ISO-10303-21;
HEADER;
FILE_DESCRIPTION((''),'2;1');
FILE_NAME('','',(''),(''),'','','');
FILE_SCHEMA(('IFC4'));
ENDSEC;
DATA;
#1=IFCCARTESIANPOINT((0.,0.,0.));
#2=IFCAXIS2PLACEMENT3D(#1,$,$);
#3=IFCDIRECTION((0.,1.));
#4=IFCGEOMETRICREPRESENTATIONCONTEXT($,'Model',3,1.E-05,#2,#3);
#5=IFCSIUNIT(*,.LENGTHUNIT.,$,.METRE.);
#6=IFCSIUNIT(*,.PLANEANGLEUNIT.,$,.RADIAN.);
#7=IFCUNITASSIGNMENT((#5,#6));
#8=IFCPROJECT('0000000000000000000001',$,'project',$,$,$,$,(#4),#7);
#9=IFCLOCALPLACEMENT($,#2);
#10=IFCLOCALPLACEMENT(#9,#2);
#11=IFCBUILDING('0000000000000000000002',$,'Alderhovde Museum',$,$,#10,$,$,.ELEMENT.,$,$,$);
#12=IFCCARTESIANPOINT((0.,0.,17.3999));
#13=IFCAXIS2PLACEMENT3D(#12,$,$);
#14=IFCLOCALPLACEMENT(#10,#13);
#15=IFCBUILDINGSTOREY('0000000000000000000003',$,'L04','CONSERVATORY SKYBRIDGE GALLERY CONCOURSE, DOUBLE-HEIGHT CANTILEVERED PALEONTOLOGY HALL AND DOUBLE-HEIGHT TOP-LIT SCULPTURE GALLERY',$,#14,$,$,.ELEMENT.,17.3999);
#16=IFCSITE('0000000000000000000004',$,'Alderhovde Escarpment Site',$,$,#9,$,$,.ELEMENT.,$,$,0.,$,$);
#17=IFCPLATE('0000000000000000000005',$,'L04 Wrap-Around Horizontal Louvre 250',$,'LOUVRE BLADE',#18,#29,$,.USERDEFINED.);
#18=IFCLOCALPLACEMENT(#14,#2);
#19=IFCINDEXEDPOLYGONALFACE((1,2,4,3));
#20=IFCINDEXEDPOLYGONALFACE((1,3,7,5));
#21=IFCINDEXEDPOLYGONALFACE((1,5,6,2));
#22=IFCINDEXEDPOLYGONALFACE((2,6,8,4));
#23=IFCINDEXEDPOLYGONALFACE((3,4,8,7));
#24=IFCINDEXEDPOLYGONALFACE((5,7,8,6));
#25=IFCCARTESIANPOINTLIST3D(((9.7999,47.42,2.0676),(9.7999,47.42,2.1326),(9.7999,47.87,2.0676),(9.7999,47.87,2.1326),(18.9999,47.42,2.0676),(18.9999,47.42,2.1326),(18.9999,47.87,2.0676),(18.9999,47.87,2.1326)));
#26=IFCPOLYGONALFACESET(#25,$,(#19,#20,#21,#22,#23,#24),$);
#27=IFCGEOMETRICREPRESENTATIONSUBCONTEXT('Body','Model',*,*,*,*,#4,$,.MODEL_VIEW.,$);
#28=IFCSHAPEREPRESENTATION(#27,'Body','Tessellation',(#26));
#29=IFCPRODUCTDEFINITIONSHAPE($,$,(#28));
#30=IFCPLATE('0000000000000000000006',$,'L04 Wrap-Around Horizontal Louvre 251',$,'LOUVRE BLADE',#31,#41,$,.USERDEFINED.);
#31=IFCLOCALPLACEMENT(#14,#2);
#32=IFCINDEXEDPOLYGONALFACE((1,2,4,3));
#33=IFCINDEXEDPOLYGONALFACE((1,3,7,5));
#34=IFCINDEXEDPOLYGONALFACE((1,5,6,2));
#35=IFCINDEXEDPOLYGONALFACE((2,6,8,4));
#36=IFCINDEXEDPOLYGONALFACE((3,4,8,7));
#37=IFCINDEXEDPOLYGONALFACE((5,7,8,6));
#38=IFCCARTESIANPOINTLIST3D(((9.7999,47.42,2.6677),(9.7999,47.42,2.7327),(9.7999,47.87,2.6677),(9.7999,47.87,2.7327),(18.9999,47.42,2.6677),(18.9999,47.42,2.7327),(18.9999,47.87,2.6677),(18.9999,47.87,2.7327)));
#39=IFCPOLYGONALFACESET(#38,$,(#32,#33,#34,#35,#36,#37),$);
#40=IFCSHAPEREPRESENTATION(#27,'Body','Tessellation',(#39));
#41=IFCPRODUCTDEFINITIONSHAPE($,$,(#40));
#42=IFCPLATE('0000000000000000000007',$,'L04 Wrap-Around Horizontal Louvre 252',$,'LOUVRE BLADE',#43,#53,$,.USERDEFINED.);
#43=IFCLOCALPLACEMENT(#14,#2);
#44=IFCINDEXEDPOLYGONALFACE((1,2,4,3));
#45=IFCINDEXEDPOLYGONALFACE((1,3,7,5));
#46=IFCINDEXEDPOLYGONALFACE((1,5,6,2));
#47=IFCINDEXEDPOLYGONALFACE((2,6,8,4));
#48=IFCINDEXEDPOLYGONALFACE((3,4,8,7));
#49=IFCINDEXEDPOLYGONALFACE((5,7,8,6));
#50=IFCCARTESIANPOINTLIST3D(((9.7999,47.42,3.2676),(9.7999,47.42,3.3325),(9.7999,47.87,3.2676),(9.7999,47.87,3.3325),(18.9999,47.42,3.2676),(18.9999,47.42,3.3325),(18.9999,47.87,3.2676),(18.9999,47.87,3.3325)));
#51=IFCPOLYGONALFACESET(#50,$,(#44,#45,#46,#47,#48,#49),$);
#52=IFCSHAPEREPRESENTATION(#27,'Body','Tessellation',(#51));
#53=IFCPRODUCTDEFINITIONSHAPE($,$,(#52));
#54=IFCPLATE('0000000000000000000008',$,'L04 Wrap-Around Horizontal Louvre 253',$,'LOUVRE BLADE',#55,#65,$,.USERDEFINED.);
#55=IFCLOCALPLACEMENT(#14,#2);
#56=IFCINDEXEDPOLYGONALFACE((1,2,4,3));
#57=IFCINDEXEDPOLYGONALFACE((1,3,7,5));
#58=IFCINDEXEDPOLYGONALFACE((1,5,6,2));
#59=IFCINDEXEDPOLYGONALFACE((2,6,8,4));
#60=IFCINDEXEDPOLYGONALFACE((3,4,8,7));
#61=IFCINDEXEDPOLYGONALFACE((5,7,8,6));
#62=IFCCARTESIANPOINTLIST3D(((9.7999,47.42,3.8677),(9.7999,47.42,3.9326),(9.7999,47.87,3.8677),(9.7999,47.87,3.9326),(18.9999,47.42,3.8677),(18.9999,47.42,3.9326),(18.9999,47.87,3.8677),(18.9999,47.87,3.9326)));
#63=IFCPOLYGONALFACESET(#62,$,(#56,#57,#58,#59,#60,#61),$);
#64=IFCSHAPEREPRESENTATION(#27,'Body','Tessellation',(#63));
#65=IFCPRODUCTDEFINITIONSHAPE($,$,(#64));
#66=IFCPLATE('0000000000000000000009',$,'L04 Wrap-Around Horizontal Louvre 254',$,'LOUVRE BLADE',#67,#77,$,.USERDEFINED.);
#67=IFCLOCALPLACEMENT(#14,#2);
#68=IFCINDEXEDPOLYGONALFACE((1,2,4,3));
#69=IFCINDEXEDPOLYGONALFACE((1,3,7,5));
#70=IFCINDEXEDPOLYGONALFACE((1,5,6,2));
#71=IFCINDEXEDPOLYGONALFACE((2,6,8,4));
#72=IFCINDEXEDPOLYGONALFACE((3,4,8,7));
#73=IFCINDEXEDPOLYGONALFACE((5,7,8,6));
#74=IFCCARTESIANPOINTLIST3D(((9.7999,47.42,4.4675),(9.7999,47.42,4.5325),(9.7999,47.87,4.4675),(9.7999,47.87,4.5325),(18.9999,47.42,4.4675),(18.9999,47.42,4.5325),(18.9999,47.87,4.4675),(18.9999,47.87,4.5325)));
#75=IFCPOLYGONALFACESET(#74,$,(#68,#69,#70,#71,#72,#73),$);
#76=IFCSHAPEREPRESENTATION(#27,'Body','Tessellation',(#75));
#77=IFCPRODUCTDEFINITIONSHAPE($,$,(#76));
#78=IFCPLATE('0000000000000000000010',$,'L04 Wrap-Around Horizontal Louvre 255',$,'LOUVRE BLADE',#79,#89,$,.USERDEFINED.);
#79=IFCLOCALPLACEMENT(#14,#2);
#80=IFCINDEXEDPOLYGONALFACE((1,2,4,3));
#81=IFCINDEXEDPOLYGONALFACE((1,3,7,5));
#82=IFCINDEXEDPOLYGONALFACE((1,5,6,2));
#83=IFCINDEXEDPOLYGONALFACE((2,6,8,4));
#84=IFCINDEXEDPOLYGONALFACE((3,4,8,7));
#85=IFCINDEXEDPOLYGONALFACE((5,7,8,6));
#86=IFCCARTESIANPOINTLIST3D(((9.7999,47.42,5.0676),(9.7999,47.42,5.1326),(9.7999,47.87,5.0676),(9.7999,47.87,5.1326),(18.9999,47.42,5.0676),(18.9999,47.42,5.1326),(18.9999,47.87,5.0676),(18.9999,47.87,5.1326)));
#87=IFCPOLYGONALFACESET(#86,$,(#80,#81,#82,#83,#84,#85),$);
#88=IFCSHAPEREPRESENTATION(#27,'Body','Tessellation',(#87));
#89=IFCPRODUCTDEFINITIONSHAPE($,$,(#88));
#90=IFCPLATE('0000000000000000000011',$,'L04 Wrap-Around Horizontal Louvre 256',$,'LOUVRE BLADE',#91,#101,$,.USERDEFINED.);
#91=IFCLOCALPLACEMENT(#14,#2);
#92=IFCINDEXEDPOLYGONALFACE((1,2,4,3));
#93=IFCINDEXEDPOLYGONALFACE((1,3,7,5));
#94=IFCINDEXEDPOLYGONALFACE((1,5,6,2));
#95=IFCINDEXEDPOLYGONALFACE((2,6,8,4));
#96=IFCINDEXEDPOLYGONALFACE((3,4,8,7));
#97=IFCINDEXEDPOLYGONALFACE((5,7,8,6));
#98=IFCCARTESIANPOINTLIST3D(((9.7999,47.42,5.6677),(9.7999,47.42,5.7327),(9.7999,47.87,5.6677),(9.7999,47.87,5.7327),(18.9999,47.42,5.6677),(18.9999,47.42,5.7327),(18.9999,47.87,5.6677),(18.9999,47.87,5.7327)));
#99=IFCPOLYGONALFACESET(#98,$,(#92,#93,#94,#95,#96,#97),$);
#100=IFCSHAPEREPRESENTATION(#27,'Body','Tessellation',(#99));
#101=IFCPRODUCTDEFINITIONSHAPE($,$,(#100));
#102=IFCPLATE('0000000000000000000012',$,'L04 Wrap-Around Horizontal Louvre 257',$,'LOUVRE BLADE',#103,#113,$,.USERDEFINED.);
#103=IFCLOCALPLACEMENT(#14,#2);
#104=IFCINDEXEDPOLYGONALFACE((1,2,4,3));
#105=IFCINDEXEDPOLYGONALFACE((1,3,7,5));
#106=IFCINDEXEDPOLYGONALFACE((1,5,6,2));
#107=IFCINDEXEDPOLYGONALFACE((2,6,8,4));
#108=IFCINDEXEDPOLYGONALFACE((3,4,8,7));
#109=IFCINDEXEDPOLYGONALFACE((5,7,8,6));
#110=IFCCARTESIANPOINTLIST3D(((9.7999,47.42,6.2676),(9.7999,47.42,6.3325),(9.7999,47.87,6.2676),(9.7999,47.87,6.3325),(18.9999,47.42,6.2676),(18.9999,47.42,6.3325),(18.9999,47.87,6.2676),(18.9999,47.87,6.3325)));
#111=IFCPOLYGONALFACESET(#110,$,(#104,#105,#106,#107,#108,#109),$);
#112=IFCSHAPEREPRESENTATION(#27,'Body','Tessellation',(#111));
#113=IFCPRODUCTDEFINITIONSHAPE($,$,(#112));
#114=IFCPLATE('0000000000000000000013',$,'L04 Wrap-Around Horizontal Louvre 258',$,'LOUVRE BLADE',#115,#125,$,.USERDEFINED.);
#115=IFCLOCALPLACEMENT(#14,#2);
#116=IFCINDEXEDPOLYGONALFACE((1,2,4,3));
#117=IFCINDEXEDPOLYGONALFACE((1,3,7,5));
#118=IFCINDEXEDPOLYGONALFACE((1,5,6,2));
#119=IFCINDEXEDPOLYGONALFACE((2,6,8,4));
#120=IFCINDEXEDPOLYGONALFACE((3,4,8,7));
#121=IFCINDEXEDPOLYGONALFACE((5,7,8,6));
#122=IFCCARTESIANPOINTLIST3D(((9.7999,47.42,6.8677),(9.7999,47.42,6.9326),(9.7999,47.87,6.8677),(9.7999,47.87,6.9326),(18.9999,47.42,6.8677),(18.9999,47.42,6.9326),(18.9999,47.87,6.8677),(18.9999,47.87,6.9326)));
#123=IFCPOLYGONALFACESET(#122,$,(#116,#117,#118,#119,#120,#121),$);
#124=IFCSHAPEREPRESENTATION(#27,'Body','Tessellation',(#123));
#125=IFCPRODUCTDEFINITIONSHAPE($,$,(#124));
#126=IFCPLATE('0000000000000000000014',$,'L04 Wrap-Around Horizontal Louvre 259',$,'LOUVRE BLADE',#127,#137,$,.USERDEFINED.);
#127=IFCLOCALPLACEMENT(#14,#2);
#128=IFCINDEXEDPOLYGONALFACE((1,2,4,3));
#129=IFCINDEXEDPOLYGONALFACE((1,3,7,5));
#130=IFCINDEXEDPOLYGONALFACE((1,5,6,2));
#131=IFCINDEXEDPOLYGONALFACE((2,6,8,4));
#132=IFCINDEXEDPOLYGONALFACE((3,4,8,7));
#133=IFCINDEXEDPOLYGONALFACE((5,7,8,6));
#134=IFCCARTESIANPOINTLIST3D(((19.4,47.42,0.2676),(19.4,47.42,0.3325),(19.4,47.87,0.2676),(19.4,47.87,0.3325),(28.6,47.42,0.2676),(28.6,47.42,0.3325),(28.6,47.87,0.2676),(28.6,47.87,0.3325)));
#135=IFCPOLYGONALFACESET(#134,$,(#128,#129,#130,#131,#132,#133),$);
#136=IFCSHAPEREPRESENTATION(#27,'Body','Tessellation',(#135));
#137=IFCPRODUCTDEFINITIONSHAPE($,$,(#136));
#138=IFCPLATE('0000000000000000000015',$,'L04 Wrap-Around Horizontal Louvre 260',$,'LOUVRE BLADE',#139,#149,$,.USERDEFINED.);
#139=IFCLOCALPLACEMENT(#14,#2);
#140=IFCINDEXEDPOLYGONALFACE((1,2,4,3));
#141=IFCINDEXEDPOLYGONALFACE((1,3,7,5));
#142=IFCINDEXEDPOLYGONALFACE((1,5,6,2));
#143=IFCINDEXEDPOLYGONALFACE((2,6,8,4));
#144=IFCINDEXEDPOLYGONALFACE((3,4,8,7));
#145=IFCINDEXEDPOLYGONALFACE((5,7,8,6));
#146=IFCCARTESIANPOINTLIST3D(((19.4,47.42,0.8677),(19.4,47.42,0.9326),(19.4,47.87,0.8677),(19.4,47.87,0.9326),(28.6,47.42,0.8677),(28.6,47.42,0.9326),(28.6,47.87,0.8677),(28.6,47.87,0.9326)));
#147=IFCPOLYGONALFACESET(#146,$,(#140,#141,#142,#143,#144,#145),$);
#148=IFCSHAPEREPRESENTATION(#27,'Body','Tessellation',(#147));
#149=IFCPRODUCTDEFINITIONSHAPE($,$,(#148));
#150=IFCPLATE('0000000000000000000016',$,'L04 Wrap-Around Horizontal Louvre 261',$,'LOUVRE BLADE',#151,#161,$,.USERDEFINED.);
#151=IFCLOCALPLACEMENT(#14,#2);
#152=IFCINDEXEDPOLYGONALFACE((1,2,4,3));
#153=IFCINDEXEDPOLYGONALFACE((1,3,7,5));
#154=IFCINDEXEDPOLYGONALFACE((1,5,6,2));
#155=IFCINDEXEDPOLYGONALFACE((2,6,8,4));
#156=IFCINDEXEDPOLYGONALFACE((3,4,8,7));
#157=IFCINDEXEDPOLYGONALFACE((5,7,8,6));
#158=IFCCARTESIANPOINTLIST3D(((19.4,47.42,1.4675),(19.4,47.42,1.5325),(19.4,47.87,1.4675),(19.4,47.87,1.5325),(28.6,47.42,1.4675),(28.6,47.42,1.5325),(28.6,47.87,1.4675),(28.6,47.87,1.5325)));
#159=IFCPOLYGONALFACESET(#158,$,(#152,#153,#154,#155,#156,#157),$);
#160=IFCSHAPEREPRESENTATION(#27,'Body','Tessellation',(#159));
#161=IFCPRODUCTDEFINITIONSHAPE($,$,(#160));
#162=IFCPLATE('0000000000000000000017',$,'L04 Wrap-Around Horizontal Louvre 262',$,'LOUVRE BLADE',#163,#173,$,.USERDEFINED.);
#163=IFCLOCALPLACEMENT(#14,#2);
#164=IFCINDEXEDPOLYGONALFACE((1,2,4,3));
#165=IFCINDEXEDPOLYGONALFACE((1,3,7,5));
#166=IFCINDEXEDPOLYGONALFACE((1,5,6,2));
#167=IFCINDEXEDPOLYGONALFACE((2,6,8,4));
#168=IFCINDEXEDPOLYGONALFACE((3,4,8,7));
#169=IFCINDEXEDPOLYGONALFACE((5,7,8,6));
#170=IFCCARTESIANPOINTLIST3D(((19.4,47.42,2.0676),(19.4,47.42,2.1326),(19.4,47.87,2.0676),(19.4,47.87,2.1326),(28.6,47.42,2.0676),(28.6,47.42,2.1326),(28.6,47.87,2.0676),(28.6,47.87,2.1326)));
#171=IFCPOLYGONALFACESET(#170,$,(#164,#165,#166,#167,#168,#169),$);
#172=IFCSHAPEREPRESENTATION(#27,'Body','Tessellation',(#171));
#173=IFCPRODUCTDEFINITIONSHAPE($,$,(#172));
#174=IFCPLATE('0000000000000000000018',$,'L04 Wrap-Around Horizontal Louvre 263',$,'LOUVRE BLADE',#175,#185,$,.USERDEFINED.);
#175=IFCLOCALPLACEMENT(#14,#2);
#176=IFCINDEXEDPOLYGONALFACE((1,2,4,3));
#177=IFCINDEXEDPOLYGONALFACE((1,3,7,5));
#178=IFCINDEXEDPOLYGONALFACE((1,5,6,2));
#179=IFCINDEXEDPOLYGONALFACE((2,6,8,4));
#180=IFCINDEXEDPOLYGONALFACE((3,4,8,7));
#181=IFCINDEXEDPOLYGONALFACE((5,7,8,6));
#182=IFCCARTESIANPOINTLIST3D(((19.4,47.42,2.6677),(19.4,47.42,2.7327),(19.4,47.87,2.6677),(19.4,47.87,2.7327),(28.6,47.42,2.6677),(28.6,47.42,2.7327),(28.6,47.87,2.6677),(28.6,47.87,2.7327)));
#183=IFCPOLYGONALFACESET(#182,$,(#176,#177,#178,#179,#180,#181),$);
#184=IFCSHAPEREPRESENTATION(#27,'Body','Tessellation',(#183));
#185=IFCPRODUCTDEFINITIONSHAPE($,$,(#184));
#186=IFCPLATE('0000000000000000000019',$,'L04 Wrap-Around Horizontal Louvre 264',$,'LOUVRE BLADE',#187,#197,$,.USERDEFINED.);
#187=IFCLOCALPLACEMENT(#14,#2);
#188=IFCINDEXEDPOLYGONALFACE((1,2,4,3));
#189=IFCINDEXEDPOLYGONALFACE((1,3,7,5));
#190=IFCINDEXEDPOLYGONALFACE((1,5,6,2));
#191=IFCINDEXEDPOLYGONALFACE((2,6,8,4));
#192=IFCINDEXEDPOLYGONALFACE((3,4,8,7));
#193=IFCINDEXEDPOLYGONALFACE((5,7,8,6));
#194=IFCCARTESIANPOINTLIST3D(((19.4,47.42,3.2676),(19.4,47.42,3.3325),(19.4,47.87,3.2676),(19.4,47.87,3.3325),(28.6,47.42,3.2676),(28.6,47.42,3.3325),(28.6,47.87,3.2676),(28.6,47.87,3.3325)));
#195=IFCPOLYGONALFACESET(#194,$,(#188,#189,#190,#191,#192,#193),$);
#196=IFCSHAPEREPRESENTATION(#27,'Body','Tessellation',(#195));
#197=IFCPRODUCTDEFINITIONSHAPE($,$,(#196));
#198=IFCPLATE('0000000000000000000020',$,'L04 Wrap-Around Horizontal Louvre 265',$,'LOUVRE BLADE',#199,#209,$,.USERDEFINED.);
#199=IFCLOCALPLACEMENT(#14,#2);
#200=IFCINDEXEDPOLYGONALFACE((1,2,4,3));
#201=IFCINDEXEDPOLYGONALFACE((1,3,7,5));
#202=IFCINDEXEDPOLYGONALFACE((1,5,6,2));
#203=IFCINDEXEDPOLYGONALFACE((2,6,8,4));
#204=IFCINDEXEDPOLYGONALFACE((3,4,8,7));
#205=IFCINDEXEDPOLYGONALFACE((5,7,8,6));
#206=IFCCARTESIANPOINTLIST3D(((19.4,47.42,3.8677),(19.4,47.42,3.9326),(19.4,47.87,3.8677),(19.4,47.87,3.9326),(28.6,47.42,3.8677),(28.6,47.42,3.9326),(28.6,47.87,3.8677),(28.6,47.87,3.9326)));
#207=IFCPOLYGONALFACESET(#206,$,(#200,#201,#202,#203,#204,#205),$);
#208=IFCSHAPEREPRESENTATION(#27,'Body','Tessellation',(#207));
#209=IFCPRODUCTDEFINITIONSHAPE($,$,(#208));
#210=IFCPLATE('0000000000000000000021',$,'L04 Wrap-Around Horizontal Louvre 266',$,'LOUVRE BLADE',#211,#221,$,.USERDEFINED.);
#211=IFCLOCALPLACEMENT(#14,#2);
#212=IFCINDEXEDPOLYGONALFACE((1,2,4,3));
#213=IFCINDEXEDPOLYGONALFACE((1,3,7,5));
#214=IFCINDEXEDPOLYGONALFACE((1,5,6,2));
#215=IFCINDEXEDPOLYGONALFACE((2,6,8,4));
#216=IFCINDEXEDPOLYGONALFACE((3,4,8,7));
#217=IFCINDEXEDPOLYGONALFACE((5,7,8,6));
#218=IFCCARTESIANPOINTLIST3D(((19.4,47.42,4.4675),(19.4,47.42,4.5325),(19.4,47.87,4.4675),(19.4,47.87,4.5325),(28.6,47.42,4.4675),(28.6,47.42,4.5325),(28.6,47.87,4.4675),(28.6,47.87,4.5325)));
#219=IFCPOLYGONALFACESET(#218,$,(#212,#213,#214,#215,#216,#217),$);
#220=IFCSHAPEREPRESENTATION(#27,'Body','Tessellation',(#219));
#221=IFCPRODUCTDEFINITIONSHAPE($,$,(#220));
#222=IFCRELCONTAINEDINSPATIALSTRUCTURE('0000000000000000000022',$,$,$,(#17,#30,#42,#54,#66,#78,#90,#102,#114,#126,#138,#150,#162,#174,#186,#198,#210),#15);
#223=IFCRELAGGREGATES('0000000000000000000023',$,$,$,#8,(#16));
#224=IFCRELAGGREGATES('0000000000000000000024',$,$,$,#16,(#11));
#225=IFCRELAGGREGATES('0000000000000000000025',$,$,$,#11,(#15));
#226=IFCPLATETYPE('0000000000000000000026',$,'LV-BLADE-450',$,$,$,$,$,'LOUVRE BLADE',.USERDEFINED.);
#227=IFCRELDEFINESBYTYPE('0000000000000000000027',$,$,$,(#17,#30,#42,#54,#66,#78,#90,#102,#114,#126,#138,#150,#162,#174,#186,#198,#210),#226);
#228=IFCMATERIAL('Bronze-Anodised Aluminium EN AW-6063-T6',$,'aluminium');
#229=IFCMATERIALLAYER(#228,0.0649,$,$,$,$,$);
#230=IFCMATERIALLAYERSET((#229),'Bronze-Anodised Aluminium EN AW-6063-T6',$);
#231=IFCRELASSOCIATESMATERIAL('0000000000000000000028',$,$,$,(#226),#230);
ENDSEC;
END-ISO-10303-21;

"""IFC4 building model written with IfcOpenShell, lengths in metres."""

from ifc_helpers import new_model, si_unit, direction, frame, origin, origin_2d, place, context, subcontext, project, spatial, rectangle, extrude, material, layer, layer_set, type_object, element, save


model = new_model("IFC4")

# Units and contexts
model_context = context("Model", 3, precision=1e-05, world=origin(), true_north=direction((0.0, 1.0)))
body_context = subcontext(model_context, "Body", "Model", "MODEL_VIEW")
ifc_project = project(units=[si_unit("LENGTHUNIT", "METRE"), si_unit("PLANEANGLEUNIT", "RADIAN")], contexts=[model_context])

# Site, building, storey
site_placement = place(None, origin())
site = spatial("IfcSite", under=ifc_project, at=site_placement, Name="Alderhovde Escarpment Site", CompositionType="ELEMENT", RefElevation=0.0)
building_placement = place(site_placement, origin())
building = spatial("IfcBuilding", under=site, at=building_placement, Name="Alderhovde Museum", CompositionType="ELEMENT")
storey_placement = place(building_placement, frame((0.0, 0.0, 17.3999)))
storey = spatial("IfcBuildingStorey", under=building, at=storey_placement, Name="L04", Description="CONSERVATORY SKYBRIDGE GALLERY CONCOURSE, DOUBLE-HEIGHT CANTILEVERED PALEONTOLOGY HALL AND DOUBLE-HEIGHT TOP-LIT SCULPTURE GALLERY", CompositionType="ELEMENT", Elevation=17.3999)

# Plates
ifc_material = material(Name="Bronze-Anodised Aluminium EN AW-6063-T6", Category="aluminium")
ifc_layer = layer(ifc_material, 0.0649)
ifc_layer_set = layer_set([ifc_layer], Name="Bronze-Anodised Aluminium EN AW-6063-T6")
plate_type = type_object("IfcPlateType", Name="LV-BLADE-450", ElementType="LOUVRE BLADE", PredefinedType="USERDEFINED", material=ifc_layer_set)
for number, where, z_axis, x_axis, name in (
    (1, (14.3999, 47.645, 2.0676), (0.0, 0.0, 1.0), (1.0, 0.0, 0.0), "L04 Wrap-Around Horizontal Louvre 250"),
    (2, (14.3999, 47.645, 2.6677), (0.0, 0.0, 1.0), (1.0, 0.0, 0.0), "L04 Wrap-Around Horizontal Louvre 251"),
    (3, (14.3999, 47.645, 3.2676), (0.0, 0.0, 1.0), (1.0, 0.0, 0.0), "L04 Wrap-Around Horizontal Louvre 252"),
    (4, (14.3999, 47.645, 3.8677), (0.0, 0.0, 1.0), (1.0, 0.0, 0.0), "L04 Wrap-Around Horizontal Louvre 253"),
    (5, (14.3999, 47.645, 4.4675), (0.0, 0.0, 1.0), (1.0, 0.0, 0.0), "L04 Wrap-Around Horizontal Louvre 254"),
    (6, (14.3999, 47.645, 5.0676), (0.0, 0.0, 1.0), (1.0, 0.0, 0.0), "L04 Wrap-Around Horizontal Louvre 255"),
    (7, (14.3999, 47.645, 5.6677), (0.0, 0.0, 1.0), (1.0, 0.0, 0.0), "L04 Wrap-Around Horizontal Louvre 256"),
    (8, (14.3999, 47.645, 6.2676), (0.0, 0.0, 1.0), (1.0, 0.0, 0.0), "L04 Wrap-Around Horizontal Louvre 257"),
    (9, (14.3999, 47.645, 6.8677), (0.0, 0.0, 1.0), (1.0, 0.0, 0.0), "L04 Wrap-Around Horizontal Louvre 258"),
    (10, (24.0, 47.645, 0.2676), (0.0, 0.0, 1.0), (1.0, 0.0, 0.0), "L04 Wrap-Around Horizontal Louvre 259"),
    (11, (24.0, 47.645, 0.8677), (0.0, 0.0, 1.0), (1.0, 0.0, 0.0), "L04 Wrap-Around Horizontal Louvre 260"),
    (12, (24.0, 47.645, 1.4675), (0.0, 0.0, 1.0), (1.0, 0.0, 0.0), "L04 Wrap-Around Horizontal Louvre 261"),
    (13, (24.0, 47.645, 2.0676), (0.0, 0.0, 1.0), (1.0, 0.0, 0.0), "L04 Wrap-Around Horizontal Louvre 262"),
    (14, (24.0, 47.645, 2.6677), (0.0, 0.0, 1.0), (1.0, 0.0, 0.0), "L04 Wrap-Around Horizontal Louvre 263"),
    (15, (24.0, 47.645, 3.2676), (0.0, 0.0, 1.0), (1.0, 0.0, 0.0), "L04 Wrap-Around Horizontal Louvre 264"),
    (16, (24.0, 47.645, 3.8677), (0.0, 0.0, 1.0), (1.0, 0.0, 0.0), "L04 Wrap-Around Horizontal Louvre 265"),
    (17, (24.0, 47.645, 4.4675), (0.0, 0.0, 1.0), (1.0, 0.0, 0.0), "L04 Wrap-Around Horizontal Louvre 266"),
):
    element("IfcPlate", number, at=place(storey_placement, frame(where, z_axis=z_axis, x_axis=x_axis)), inside=storey, type_object=plate_type, Name=name, ObjectType="LOUVRE BLADE", PredefinedType="USERDEFINED", context=body_context, shape_type="SweptSolid", body=[
        extrude(rectangle(XDim=9.2, YDim=0.45, at=origin_2d()), origin(), (0.0, 0.0, 1.0), 0.0649),
    ])

save(model, "model.ifc")
